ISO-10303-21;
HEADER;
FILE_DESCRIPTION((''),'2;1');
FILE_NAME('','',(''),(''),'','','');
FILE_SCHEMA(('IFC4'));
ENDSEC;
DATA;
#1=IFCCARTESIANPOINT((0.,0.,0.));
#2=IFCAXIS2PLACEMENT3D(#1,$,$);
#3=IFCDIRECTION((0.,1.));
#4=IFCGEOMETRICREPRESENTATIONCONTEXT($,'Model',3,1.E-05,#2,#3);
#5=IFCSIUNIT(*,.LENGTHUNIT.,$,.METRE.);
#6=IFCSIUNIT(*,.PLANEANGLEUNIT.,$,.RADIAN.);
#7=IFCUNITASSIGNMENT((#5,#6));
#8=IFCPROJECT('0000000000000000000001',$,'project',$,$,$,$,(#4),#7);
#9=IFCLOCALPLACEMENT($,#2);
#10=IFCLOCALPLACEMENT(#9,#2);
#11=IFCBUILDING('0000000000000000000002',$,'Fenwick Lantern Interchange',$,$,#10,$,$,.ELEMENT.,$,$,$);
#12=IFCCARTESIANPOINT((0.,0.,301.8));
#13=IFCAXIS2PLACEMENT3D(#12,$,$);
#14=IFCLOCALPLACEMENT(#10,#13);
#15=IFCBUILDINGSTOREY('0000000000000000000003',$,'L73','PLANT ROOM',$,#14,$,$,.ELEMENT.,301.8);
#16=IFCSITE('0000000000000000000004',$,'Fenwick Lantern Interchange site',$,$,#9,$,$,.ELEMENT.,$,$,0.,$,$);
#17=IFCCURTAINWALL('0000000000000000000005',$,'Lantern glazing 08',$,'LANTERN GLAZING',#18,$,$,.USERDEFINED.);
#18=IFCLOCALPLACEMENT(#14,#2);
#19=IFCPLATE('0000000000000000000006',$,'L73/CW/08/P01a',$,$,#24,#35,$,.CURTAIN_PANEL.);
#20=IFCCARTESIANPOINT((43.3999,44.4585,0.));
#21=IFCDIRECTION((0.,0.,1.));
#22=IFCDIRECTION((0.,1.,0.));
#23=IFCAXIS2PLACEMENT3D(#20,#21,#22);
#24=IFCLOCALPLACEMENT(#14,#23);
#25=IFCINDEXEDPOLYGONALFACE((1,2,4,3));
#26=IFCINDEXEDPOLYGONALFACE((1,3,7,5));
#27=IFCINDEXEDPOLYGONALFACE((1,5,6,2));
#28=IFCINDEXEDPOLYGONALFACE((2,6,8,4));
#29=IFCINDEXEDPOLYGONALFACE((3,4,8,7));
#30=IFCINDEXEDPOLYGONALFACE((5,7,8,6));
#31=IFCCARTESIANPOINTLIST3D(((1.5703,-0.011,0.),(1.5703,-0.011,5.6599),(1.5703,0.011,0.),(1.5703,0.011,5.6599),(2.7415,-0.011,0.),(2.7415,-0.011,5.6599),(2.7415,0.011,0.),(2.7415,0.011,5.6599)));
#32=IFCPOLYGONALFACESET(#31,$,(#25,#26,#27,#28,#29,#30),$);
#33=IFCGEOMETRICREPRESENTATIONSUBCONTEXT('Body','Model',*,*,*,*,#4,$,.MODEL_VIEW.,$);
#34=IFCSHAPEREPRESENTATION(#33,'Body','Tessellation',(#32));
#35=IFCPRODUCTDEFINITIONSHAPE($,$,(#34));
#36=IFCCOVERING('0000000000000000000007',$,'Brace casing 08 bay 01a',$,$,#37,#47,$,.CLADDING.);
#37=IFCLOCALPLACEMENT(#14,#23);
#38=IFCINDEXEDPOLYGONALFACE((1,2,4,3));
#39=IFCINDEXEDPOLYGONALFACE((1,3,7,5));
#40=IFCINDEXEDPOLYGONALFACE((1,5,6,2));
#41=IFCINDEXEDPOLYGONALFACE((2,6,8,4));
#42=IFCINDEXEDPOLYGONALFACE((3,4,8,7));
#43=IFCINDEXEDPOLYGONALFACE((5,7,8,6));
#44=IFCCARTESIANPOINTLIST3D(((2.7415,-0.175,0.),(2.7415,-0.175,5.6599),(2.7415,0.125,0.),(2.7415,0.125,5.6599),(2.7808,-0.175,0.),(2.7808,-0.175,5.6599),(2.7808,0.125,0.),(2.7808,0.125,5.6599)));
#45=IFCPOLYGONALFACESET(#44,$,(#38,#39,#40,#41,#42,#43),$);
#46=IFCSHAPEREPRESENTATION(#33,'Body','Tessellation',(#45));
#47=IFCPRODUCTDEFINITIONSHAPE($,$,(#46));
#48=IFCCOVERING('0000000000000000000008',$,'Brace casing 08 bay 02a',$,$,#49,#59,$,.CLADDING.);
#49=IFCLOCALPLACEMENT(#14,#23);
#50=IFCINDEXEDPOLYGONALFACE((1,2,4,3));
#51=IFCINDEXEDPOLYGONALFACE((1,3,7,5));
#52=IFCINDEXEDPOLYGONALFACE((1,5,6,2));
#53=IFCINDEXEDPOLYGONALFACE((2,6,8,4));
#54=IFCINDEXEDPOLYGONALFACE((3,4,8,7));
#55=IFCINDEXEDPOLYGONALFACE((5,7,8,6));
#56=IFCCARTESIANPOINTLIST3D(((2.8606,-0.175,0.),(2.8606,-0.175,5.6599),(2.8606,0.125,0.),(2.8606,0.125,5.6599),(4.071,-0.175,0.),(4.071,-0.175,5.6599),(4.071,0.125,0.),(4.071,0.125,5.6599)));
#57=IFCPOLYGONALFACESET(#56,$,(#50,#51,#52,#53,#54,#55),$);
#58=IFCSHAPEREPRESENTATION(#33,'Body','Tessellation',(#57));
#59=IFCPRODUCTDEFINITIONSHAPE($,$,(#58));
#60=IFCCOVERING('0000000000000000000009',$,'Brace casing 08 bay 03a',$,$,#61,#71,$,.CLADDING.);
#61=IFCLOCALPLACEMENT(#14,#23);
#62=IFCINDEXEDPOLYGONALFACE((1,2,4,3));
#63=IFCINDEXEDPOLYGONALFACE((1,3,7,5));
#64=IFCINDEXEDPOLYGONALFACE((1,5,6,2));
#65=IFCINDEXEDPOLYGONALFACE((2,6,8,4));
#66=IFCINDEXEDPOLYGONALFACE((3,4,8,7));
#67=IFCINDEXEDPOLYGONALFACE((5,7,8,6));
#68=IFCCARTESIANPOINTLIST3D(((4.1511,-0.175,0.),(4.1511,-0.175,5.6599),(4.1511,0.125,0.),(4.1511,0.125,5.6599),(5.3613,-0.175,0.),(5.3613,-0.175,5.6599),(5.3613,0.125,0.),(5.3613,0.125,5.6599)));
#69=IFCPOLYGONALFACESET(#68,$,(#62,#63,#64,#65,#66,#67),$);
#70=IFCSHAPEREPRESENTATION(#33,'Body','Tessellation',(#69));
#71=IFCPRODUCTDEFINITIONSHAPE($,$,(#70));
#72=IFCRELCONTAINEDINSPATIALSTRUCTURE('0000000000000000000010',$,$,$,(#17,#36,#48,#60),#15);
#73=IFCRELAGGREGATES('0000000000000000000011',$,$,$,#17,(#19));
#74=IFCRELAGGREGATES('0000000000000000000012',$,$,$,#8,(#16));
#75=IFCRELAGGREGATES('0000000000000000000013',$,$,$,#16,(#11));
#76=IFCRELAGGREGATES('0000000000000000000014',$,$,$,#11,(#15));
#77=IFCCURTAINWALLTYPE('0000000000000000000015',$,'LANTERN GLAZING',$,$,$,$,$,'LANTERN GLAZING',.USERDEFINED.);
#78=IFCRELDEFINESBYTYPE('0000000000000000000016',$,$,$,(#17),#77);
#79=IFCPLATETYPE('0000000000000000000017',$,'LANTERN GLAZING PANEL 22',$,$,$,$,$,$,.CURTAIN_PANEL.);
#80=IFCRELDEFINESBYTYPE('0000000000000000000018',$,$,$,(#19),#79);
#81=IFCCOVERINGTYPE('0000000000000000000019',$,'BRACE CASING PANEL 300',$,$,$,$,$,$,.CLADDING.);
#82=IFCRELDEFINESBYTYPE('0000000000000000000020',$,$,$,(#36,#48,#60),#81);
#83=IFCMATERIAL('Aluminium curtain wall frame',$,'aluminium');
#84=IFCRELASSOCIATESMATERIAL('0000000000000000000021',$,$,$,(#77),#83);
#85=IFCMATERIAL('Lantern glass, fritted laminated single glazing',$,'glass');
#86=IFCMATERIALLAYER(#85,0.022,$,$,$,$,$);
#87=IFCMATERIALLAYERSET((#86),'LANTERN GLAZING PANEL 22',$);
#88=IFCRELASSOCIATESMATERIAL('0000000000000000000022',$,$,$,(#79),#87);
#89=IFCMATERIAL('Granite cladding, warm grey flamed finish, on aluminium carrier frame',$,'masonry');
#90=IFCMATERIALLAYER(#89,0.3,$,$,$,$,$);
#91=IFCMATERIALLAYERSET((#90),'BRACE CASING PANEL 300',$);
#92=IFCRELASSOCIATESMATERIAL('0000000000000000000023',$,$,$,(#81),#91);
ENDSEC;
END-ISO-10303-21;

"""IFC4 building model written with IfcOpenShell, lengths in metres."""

from ifc_helpers import new_model, si_unit, direction, frame, origin, place, context, subcontext, project, spatial, polyline, outline, extrude, material, layer, layer_set, type_object, element, aggregate, save


model = new_model("IFC4")

# Units and contexts
model_context = context("Model", 3, precision=1e-05, world=origin(), true_north=direction((0.0, 1.0)))
body_context = subcontext(model_context, "Body", "Model", "MODEL_VIEW")
ifc_project = project(units=[si_unit("LENGTHUNIT", "METRE"), si_unit("PLANEANGLEUNIT", "RADIAN")], contexts=[model_context])

# Site, building, storey
site_placement = place(None, origin())
site = spatial("IfcSite", under=ifc_project, at=site_placement, Name="Fenwick Lantern Interchange site", CompositionType="ELEMENT", RefElevation=0.0)
building_placement = place(site_placement, origin())
building = spatial("IfcBuilding", under=site, at=building_placement, Name="Fenwick Lantern Interchange", CompositionType="ELEMENT")
storey_placement = place(building_placement, frame((0.0, 0.0, 301.8)))
storey = spatial("IfcBuildingStorey", under=building, at=storey_placement, Name="L73", Description="PLANT ROOM", CompositionType="ELEMENT", Elevation=301.8)

# Curtain wall
ifc_material_1 = material(Name="Aluminium curtain wall frame", Category="aluminium")
curtain_wall_type = type_object("IfcCurtainWallType", Name="LANTERN GLAZING", ElementType="LANTERN GLAZING", PredefinedType="USERDEFINED", material=ifc_material_1)
curtain_wall_placement = place(storey_placement, origin())
curtain_wall = element("IfcCurtainWall", 1, at=curtain_wall_placement, inside=storey, type_object=curtain_wall_type, Name="Lantern glazing 08", ObjectType="LANTERN GLAZING", PredefinedType="USERDEFINED")

# Plate
ifc_material_2 = material(Name="Lantern glass, fritted laminated single glazing", Category="glass")
ifc_layer_1 = layer(ifc_material_2, 0.022)
ifc_layer_set_1 = layer_set([ifc_layer_1], Name="LANTERN GLAZING PANEL 22")
plate_type = type_object("IfcPlateType", Name="LANTERN GLAZING PANEL 22", PredefinedType="CURTAIN_PANEL", material=ifc_layer_set_1)
plate_1_placement = place(storey_placement, frame((43.3999, 44.4585, 0.0), z_axis=(0.0, 0.0, 1.0), x_axis=(0.0, 1.0, 0.0)))
plate_1 = element("IfcPlate", 2, at=plate_1_placement, type_object=plate_type, Name="L73/CW/08/P01a", PredefinedType="CURTAIN_PANEL", context=body_context, shape_type="SweptSolid", body=[
    extrude(outline(polyline([(1.5703, 0.0), (2.7415, 0.0), (2.7415, 5.6599), (1.5703, 5.6599), (1.5703, 0.0)])), frame((0.0, 0.011, 0.0), z_axis=(0.0, -1.0, 0.0), x_axis=(1.0, 0.0, 0.0)), (0.0, 0.0, 1.0), 0.022),
])
aggregate(curtain_wall, [plate_1])

# Coverings
ifc_material_3 = material(Name="Granite cladding, warm grey flamed finish, on aluminium carrier frame", Category="masonry")
ifc_layer_2 = layer(ifc_material_3, 0.3)
ifc_layer_set_2 = layer_set([ifc_layer_2], Name="BRACE CASING PANEL 300")
covering_type = type_object("IfcCoveringType", Name="BRACE CASING PANEL 300", PredefinedType="CLADDING", material=ifc_layer_set_2)
covering_1_placement = place(storey_placement, frame((43.3999, 44.4585, 0.0), z_axis=(0.0, 0.0, 1.0), x_axis=(0.0, 1.0, 0.0)))
element("IfcCovering", 3, at=covering_1_placement, inside=storey, type_object=covering_type, Name="Brace casing 08 bay 01a", PredefinedType="CLADDING", context=body_context, shape_type="SweptSolid", body=[
    extrude(outline(polyline([(2.7415, 0.0), (2.7808, 0.0), (2.7808, 5.6599), (2.7415, 5.6599), (2.7415, 0.0)])), frame((0.0, 0.125, 0.0), z_axis=(0.0, -1.0, 0.0), x_axis=(1.0, 0.0, 0.0)), (0.0, 0.0, 1.0), 0.3),
])
covering_2_placement = place(storey_placement, frame((43.3999, 44.4585, 0.0), z_axis=(0.0, 0.0, 1.0), x_axis=(0.0, 1.0, 0.0)))
element("IfcCovering", 4, at=covering_2_placement, inside=storey, type_object=covering_type, Name="Brace casing 08 bay 02a", PredefinedType="CLADDING", context=body_context, shape_type="SweptSolid", body=[
    extrude(outline(polyline([(2.8606, 0.0), (4.071, 0.0), (4.071, 5.6599), (2.8606, 5.6599), (2.8606, 0.0)])), frame((0.0, 0.125, 0.0), z_axis=(0.0, -1.0, 0.0), x_axis=(1.0, 0.0, 0.0)), (0.0, 0.0, 1.0), 0.3),
])
covering_3_placement = place(storey_placement, frame((43.3999, 44.4585, 0.0), z_axis=(0.0, 0.0, 1.0), x_axis=(0.0, 1.0, 0.0)))
element("IfcCovering", 5, at=covering_3_placement, inside=storey, type_object=covering_type, Name="Brace casing 08 bay 03a", PredefinedType="CLADDING", context=body_context, shape_type="SweptSolid", body=[
    extrude(outline(polyline([(4.1511, 0.0), (5.3613, 0.0), (5.3613, 5.6599), (4.1511, 5.6599), (4.1511, 0.0)])), frame((0.0, 0.125, 0.0), z_axis=(0.0, -1.0, 0.0), x_axis=(1.0, 0.0, 0.0)), (0.0, 0.0, 1.0), 0.3),
])

save(model, "model.ifc")
